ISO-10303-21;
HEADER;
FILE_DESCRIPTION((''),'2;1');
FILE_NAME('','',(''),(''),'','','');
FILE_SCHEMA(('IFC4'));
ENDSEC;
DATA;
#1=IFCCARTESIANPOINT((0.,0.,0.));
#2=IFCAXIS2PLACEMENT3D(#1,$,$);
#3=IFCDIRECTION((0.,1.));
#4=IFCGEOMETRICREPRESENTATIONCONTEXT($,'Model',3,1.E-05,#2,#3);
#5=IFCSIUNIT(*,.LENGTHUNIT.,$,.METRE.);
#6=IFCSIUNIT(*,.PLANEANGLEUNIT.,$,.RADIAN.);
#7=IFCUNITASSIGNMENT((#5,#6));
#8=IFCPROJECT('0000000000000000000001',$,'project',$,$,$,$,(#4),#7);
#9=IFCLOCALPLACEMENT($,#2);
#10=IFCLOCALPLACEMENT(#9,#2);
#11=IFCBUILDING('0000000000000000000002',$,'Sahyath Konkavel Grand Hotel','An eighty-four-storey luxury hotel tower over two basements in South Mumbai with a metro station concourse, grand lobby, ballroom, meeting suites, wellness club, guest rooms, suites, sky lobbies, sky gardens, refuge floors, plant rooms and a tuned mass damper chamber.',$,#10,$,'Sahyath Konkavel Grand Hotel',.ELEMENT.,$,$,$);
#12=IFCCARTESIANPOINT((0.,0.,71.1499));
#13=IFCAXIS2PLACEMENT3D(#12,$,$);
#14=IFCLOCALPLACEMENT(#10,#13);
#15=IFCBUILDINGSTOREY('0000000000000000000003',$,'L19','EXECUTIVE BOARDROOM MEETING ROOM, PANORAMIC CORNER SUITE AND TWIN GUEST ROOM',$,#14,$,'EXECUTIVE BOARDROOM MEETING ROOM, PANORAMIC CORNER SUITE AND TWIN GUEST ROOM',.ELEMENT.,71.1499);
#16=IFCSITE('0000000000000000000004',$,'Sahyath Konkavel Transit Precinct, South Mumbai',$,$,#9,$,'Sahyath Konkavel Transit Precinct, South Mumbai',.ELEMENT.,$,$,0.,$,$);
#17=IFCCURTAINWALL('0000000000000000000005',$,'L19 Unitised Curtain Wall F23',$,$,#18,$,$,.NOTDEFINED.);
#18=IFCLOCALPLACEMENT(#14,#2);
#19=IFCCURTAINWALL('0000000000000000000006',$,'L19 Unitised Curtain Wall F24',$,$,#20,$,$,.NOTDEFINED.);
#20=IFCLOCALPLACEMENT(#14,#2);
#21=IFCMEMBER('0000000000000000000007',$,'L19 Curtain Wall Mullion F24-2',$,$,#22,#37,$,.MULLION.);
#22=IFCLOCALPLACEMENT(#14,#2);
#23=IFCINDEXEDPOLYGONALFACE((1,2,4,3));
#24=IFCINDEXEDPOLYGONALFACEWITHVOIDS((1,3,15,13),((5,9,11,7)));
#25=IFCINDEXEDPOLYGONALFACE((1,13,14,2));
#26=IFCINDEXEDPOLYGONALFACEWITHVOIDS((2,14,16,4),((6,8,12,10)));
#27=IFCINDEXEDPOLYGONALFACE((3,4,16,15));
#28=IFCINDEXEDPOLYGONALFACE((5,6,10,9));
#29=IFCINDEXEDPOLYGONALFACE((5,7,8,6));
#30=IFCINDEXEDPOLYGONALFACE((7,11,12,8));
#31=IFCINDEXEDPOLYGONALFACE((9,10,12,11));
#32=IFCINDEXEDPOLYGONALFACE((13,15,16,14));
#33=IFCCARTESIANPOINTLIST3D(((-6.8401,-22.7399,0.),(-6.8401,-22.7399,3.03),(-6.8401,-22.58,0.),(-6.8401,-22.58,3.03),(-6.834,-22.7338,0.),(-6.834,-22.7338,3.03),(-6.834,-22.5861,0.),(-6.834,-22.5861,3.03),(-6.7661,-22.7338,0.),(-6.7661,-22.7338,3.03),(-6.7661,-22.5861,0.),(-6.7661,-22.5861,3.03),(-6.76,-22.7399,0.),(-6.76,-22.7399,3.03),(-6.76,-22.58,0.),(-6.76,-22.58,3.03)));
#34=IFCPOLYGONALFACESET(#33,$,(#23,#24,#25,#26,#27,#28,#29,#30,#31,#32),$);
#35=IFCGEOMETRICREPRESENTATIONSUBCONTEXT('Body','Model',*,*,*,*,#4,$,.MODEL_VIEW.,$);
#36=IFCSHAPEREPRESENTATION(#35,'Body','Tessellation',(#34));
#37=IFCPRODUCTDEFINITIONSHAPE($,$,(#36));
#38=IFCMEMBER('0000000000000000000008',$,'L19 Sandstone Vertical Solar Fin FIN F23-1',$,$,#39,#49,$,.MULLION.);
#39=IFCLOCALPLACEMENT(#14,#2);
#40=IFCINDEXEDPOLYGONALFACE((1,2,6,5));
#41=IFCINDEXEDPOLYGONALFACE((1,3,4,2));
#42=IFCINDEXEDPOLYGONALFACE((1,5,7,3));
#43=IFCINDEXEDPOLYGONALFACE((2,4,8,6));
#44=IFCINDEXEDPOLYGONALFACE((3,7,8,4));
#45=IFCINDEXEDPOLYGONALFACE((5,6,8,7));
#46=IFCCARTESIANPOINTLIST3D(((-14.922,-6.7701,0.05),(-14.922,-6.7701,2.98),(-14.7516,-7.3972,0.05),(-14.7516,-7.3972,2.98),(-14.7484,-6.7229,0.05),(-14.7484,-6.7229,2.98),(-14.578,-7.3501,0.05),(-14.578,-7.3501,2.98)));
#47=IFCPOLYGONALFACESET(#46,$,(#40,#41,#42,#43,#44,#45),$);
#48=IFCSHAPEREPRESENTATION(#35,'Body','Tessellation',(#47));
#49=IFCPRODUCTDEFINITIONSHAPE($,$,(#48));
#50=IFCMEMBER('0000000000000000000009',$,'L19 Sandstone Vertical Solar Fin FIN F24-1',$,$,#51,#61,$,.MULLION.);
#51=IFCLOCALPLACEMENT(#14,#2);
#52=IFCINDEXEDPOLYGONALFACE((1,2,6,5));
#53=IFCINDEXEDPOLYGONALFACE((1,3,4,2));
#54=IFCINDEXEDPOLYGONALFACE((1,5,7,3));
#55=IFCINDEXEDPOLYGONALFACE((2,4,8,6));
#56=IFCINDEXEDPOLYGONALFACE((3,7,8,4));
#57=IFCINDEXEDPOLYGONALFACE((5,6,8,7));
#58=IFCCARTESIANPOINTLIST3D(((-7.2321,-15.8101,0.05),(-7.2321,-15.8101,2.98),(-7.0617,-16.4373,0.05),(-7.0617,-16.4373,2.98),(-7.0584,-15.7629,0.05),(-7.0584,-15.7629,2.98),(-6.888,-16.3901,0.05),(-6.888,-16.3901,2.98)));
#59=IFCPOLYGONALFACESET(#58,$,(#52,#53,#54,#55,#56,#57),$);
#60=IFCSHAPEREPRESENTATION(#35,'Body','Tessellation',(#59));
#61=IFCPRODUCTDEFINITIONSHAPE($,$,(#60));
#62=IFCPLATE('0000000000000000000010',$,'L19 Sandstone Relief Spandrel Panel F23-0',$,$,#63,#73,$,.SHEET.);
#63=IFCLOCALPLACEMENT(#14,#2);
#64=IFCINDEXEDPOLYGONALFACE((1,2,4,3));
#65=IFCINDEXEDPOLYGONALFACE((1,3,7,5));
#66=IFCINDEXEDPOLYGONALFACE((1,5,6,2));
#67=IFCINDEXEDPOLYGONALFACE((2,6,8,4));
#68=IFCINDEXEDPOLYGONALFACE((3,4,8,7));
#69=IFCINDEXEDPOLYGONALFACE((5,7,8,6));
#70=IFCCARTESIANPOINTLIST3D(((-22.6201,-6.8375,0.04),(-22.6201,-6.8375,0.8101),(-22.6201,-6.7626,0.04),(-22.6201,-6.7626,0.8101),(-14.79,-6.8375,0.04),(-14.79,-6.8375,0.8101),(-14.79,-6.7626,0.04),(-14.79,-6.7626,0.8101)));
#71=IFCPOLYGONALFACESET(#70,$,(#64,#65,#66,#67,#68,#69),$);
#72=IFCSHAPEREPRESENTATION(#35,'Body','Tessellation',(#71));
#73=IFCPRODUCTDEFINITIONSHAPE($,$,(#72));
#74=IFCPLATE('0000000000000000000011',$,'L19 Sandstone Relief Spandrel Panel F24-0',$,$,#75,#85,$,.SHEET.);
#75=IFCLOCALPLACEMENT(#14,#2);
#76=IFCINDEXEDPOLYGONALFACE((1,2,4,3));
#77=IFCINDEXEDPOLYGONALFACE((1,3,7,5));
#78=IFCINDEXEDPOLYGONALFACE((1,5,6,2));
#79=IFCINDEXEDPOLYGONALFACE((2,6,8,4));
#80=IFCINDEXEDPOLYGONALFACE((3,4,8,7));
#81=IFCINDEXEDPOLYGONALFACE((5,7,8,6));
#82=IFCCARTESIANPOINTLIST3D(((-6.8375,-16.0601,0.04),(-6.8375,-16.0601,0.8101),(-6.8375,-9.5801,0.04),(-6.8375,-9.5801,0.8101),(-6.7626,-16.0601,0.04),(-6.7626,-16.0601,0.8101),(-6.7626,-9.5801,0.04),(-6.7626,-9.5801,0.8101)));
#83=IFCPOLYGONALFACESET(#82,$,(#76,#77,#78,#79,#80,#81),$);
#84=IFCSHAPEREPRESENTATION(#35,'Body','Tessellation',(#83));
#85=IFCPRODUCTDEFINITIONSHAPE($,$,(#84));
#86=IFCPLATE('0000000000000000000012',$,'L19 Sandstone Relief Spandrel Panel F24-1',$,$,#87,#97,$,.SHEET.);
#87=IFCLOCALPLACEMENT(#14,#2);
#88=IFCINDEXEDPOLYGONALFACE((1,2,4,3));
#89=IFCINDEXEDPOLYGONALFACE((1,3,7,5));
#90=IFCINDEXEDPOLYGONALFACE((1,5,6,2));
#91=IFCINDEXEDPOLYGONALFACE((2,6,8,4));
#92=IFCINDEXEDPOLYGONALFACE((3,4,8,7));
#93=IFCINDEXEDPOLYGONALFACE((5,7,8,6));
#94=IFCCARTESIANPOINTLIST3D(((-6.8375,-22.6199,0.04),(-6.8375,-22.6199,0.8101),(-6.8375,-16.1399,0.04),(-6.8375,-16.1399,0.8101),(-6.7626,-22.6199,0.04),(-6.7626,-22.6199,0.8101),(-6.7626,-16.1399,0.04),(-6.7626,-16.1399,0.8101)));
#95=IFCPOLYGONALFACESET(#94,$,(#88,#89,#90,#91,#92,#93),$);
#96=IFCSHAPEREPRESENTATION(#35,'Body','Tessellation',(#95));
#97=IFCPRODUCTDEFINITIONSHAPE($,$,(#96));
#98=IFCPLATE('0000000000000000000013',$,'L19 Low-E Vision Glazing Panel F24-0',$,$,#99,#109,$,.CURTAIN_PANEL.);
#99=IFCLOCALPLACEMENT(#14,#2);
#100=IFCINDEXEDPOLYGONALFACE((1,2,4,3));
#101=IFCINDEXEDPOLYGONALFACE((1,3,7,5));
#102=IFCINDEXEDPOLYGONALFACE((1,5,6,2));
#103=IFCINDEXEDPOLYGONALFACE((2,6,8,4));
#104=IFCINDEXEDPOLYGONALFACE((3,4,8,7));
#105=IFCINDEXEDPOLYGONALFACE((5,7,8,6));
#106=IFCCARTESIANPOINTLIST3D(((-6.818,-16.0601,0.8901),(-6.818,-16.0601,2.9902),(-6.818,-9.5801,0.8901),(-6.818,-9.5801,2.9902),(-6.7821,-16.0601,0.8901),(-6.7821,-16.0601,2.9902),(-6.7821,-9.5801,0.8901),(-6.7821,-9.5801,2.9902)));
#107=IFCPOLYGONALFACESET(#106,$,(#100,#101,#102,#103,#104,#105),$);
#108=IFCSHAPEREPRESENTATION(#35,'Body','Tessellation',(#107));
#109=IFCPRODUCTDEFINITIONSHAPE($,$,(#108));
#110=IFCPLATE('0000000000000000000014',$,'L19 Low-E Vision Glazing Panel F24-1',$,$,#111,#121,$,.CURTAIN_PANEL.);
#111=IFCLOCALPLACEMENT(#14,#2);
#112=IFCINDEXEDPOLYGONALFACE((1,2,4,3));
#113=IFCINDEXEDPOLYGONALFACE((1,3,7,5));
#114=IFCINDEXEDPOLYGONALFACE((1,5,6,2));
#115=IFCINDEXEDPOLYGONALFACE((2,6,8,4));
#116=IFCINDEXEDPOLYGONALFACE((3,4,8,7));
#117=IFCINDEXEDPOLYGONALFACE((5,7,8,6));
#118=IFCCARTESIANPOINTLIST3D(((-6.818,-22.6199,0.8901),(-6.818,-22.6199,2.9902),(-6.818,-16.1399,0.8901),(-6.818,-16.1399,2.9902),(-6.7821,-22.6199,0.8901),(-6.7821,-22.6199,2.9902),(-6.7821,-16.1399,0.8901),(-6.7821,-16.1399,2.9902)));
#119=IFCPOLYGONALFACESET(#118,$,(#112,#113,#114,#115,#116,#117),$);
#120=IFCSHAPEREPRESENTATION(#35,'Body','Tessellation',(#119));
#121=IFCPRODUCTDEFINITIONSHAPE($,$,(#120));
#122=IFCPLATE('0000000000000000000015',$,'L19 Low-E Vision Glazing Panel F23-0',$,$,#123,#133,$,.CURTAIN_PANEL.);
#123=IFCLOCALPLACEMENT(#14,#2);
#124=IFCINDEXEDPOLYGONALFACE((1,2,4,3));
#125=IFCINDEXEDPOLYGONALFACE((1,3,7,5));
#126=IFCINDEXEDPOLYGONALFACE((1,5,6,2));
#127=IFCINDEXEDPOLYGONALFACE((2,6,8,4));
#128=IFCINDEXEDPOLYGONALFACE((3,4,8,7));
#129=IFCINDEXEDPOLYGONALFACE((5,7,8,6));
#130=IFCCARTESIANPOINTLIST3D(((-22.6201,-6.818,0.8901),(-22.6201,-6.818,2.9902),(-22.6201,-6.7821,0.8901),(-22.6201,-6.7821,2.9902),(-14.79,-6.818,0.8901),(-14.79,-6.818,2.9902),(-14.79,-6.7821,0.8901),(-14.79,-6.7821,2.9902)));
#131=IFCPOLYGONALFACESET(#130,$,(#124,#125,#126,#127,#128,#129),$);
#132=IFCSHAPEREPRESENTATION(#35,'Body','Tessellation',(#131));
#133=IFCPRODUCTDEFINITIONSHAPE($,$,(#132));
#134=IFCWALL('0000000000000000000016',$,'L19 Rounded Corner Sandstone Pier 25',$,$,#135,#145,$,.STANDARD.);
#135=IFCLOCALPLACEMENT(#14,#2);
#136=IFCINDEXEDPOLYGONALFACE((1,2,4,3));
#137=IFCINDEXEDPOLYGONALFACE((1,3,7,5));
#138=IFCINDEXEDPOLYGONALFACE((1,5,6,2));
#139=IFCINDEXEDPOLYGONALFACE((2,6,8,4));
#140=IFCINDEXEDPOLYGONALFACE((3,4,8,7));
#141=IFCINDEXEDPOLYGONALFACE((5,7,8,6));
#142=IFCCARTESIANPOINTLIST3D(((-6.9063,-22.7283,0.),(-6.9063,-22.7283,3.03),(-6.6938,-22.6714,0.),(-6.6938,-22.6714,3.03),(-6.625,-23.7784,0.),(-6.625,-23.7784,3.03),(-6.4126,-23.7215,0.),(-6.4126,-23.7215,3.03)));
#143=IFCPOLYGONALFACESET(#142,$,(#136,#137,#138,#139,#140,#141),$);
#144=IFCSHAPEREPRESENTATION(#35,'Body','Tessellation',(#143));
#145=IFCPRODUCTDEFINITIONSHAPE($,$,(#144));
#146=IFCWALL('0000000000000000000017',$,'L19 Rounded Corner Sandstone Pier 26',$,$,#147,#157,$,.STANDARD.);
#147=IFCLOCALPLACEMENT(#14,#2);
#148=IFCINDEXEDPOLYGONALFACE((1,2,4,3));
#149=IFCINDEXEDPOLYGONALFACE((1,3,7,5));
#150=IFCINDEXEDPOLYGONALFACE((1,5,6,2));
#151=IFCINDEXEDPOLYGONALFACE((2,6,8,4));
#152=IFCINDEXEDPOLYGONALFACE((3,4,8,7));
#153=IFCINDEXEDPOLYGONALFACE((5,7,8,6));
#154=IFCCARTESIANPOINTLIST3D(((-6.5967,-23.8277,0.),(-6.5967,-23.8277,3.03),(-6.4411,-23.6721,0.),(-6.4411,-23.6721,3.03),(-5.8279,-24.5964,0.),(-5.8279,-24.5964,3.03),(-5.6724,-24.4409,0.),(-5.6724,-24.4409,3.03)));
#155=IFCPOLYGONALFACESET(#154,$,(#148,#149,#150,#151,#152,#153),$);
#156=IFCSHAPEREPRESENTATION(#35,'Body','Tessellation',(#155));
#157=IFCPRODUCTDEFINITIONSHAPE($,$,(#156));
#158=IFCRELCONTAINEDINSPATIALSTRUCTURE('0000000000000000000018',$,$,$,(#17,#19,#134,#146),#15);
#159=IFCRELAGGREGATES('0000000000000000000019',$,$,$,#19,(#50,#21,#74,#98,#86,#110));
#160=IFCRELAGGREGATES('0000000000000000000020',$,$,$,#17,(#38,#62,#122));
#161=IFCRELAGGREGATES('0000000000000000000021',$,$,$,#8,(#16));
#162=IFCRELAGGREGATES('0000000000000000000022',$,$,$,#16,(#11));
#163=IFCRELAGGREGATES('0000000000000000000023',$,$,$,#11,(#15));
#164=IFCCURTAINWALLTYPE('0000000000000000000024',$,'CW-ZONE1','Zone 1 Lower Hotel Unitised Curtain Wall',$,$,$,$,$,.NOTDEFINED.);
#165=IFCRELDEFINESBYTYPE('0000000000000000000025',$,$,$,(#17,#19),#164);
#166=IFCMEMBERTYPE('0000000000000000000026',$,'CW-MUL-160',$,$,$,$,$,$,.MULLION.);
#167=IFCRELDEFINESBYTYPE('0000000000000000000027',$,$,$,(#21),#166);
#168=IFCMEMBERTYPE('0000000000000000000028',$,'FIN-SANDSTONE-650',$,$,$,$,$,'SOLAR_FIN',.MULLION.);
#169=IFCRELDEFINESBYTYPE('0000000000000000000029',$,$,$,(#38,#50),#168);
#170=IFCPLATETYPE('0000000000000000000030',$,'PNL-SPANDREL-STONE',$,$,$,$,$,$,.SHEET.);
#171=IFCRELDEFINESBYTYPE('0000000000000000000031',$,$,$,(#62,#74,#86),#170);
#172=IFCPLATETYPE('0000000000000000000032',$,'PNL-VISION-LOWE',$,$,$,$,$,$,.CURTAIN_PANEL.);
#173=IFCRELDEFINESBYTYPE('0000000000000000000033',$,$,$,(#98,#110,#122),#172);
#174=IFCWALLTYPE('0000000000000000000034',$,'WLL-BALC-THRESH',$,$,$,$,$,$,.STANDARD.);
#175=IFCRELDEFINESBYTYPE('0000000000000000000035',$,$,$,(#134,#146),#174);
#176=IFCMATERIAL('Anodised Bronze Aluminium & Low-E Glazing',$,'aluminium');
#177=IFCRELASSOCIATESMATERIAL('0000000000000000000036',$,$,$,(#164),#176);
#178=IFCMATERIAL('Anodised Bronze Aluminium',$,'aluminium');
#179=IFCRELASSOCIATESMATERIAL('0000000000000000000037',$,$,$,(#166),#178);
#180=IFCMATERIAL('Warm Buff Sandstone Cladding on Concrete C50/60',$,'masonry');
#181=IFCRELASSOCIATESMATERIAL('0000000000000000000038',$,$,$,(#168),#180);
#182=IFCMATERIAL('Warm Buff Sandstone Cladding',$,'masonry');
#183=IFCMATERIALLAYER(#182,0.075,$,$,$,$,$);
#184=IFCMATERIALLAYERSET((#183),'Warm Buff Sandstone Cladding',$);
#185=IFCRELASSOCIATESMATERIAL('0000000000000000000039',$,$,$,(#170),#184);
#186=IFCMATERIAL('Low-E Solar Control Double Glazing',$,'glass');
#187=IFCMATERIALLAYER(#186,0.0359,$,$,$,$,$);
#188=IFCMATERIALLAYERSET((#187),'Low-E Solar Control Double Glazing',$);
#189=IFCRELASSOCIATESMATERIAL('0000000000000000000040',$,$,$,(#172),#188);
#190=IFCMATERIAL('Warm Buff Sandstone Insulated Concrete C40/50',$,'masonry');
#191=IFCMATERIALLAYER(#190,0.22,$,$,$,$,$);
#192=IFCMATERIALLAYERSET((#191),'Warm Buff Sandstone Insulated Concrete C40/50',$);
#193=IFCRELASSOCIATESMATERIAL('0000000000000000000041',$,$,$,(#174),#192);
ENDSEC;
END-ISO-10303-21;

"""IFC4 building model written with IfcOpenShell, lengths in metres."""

from ifc_helpers import new_model, si_unit, direction, frame, frame_2d, origin, origin_2d, place, context, subcontext, project, spatial, rectangle, hollow_rectangle, extrude, source, transform, mapped, material, layer, layer_set, material_profile, profile_set, type_object, element, aggregate, save


model = new_model("IFC4")

# Units and contexts
model_context = context("Model", 3, precision=1e-05, world=origin(), true_north=direction((0.0, 1.0)))
body_context = subcontext(model_context, "Body", "Model", "MODEL_VIEW")
ifc_project = project(units=[si_unit("LENGTHUNIT", "METRE"), si_unit("PLANEANGLEUNIT", "RADIAN")], contexts=[model_context])

# Site, building, storey
site_placement = place(None, origin())
site = spatial("IfcSite", under=ifc_project, at=site_placement, Name="Sahyath Konkavel Transit Precinct, South Mumbai", LongName="Sahyath Konkavel Transit Precinct, South Mumbai", CompositionType="ELEMENT", RefElevation=0.0)
building_placement = place(site_placement, origin())
building = spatial("IfcBuilding", under=site, at=building_placement, Name="Sahyath Konkavel Grand Hotel", Description="An eighty-four-storey luxury hotel tower over two basements in South Mumbai with a metro station concourse, grand lobby, ballroom, meeting suites, wellness club, guest rooms, suites, sky lobbies, sky gardens, refuge floors, plant rooms and a tuned mass damper chamber.", LongName="Sahyath Konkavel Grand Hotel", CompositionType="ELEMENT")
storey_placement = place(building_placement, frame((0.0, 0.0, 71.1499)))
storey = spatial("IfcBuildingStorey", under=building, at=storey_placement, Name="L19", Description="EXECUTIVE BOARDROOM MEETING ROOM, PANORAMIC CORNER SUITE AND TWIN GUEST ROOM", LongName="EXECUTIVE BOARDROOM MEETING ROOM, PANORAMIC CORNER SUITE AND TWIN GUEST ROOM", CompositionType="ELEMENT", Elevation=71.1499)

# Curtain wall
ifc_material_1 = material(Name="Anodised Bronze Aluminium & Low-E Glazing", Category="aluminium")
curtain_wall_type = type_object("IfcCurtainWallType", Name="CW-ZONE1", Description="Zone 1 Lower Hotel Unitised Curtain Wall", PredefinedType="NOTDEFINED", material=ifc_material_1)
curtain_wall_1_placement = place(storey_placement, origin())
curtain_wall_1 = element("IfcCurtainWall", 1, at=curtain_wall_1_placement, inside=storey, type_object=curtain_wall_type, Name="L19 Unitised Curtain Wall F23", PredefinedType="NOTDEFINED")
ifc_material_2 = material(Name="Anodised Bronze Aluminium", Category="aluminium")

# Curtain wall
curtain_wall_2_placement = place(storey_placement, origin())
curtain_wall_2 = element("IfcCurtainWall", 2, at=curtain_wall_2_placement, inside=storey, type_object=curtain_wall_type, Name="L19 Unitised Curtain Wall F24", PredefinedType="NOTDEFINED")

# Members
ifc_material_profile_1 = material_profile(ifc_material_2, hollow_rectangle(XDim=0.0801, YDim=0.1599, WallThickness=0.0061, at=origin_2d()), Name="RHS 160x80x6")
ifc_profile_set_1 = profile_set([ifc_material_profile_1], Name="Anodised Bronze Aluminium")
member_type_1 = type_object("IfcMemberType", Name="CW-MUL-160", PredefinedType="MULLION", material=ifc_profile_set_1)
shared_shape_1 = source(origin(), body_context, "Body", "SweptSolid", [
    extrude(hollow_rectangle(XDim=0.0801, YDim=0.1599, WallThickness=0.0061, at=origin_2d()), origin(), (0.0, 0.0, 1.0), 3.03),
])
member_1_placement = place(storey_placement, frame((-6.8, -22.6599, 0.0), z_axis=(0.0, 0.0, 1.0), x_axis=(1.0, 0.0, 0.0)))
member_1 = element("IfcMember", 3, at=member_1_placement, type_object=member_type_1, Name="L19 Curtain Wall Mullion F24-2", PredefinedType="MULLION", context=body_context, shape_type="MappedRepresentation", body=[
    mapped(shared_shape_1, transform((0.0, 0.0, 0.0), scale=1.0)),
])
ifc_material_3 = material(Name="Warm Buff Sandstone Cladding on Concrete C50/60", Category="masonry")
ifc_material_profile_2 = material_profile(ifc_material_3, rectangle(XDim=0.1799, YDim=0.6499, at=origin_2d()), Name="FIN 180x650")
ifc_profile_set_2 = profile_set([ifc_material_profile_2], Name="Warm Buff Sandstone Cladding on Concrete C50/60")
member_type_2 = type_object("IfcMemberType", Name="FIN-SANDSTONE-650", ElementType="SOLAR_FIN", PredefinedType="MULLION", material=ifc_profile_set_2)
shared_shape_2 = source(origin(), body_context, "Body", "SweptSolid", [
    extrude(rectangle(XDim=0.1799, YDim=0.6499, at=origin_2d()), origin(), (0.0, 0.0, 1.0), 2.9299),
])
member_2_placement = place(storey_placement, frame((-14.75, -7.0601, 0.05), z_axis=(0.0, 0.0, 1.0), x_axis=(0.965016, 0.262189, 0.0)))
member_2 = element("IfcMember", 4, at=member_2_placement, type_object=member_type_2, Name="L19 Sandstone Vertical Solar Fin FIN F23-1", PredefinedType="MULLION", context=body_context, shape_type="MappedRepresentation", body=[
    mapped(shared_shape_2, transform((0.0, 0.0, 0.0), scale=1.0)),
])
member_3_placement = place(storey_placement, frame((-7.0601, -16.1001, 0.05), z_axis=(0.0, 0.0, 1.0), x_axis=(0.965016, 0.262189, 0.0)))
member_3 = element("IfcMember", 5, at=member_3_placement, type_object=member_type_2, Name="L19 Sandstone Vertical Solar Fin FIN F24-1", PredefinedType="MULLION", context=body_context, shape_type="MappedRepresentation", body=[
    mapped(shared_shape_2, transform((0.0, 0.0, 0.0), scale=1.0)),
])

# Plates
ifc_material_4 = material(Name="Warm Buff Sandstone Cladding", Category="masonry")
ifc_layer_1 = layer(ifc_material_4, 0.075)
ifc_layer_set_1 = layer_set([ifc_layer_1], Name="Warm Buff Sandstone Cladding")
plate_type_1 = type_object("IfcPlateType", Name="PNL-SPANDREL-STONE", PredefinedType="SHEET", material=ifc_layer_set_1)
shared_shape_3 = source(origin(), body_context, "Body", "SweptSolid", [
    extrude(rectangle(XDim=7.8301, YDim=0.075, at=origin_2d()), origin(), (0.0, 0.0, 1.0), 0.77),
])
plate_1_placement = place(storey_placement, frame((-18.7051, -6.8, 0.04), z_axis=(0.0, 0.0, 1.0), x_axis=(1.0, 0.0, 0.0)))
plate_1 = element("IfcPlate", 6, at=plate_1_placement, type_object=plate_type_1, Name="L19 Sandstone Relief Spandrel Panel F23-0", PredefinedType="SHEET", context=body_context, shape_type="MappedRepresentation", body=[
    mapped(shared_shape_3, transform((0.0, 0.0, 0.0), scale=1.0)),
])
shared_shape_4 = source(origin(), body_context, "Body", "SweptSolid", [
    extrude(rectangle(XDim=6.48, YDim=0.075, at=origin_2d()), origin(), (0.0, 0.0, 1.0), 0.77),
])
plate_2_placement = place(storey_placement, frame((-6.8, -12.8201, 0.04), z_axis=(0.0, 0.0, 1.0), x_axis=(0.0, -1.0, 0.0)))
plate_2 = element("IfcPlate", 7, at=plate_2_placement, type_object=plate_type_1, Name="L19 Sandstone Relief Spandrel Panel F24-0", PredefinedType="SHEET", context=body_context, shape_type="MappedRepresentation", body=[
    mapped(shared_shape_4, transform((0.0, 0.0, 0.0), scale=1.0)),
])
plate_3_placement = place(storey_placement, frame((-6.8, -19.3799, 0.04), z_axis=(0.0, 0.0, 1.0), x_axis=(0.0, -1.0, 0.0)))
plate_3 = element("IfcPlate", 8, at=plate_3_placement, type_object=plate_type_1, Name="L19 Sandstone Relief Spandrel Panel F24-1", PredefinedType="SHEET", context=body_context, shape_type="MappedRepresentation", body=[
    mapped(shared_shape_4, transform((0.0, 0.0, 0.0), scale=1.0)),
])
ifc_material_5 = material(Name="Low-E Solar Control Double Glazing", Category="glass")
ifc_layer_2 = layer(ifc_material_5, 0.0359)
ifc_layer_set_2 = layer_set([ifc_layer_2], Name="Low-E Solar Control Double Glazing")
plate_type_2 = type_object("IfcPlateType", Name="PNL-VISION-LOWE", PredefinedType="CURTAIN_PANEL", material=ifc_layer_set_2)
shared_shape_5 = source(origin(), body_context, "Body", "SweptSolid", [
    extrude(rectangle(XDim=6.48, YDim=0.0359, at=origin_2d()), origin(), (0.0, 0.0, 1.0), 2.1001),
])
plate_4_placement = place(storey_placement, frame((-6.8, -12.8201, 0.8901), z_axis=(0.0, 0.0, 1.0), x_axis=(0.0, -1.0, 0.0)))
plate_4 = element("IfcPlate", 9, at=plate_4_placement, type_object=plate_type_2, Name="L19 Low-E Vision Glazing Panel F24-0", PredefinedType="CURTAIN_PANEL", context=body_context, shape_type="MappedRepresentation", body=[
    mapped(shared_shape_5, transform((0.0, 0.0, 0.0), scale=1.0)),
])
plate_5_placement = place(storey_placement, frame((-6.8, -19.3799, 0.8901), z_axis=(0.0, 0.0, 1.0), x_axis=(0.0, -1.0, 0.0)))
plate_5 = element("IfcPlate", 10, at=plate_5_placement, type_object=plate_type_2, Name="L19 Low-E Vision Glazing Panel F24-1", PredefinedType="CURTAIN_PANEL", context=body_context, shape_type="MappedRepresentation", body=[
    mapped(shared_shape_5, transform((0.0, 0.0, 0.0), scale=1.0)),
])
aggregate(curtain_wall_2, [member_3, member_1, plate_2, plate_4, plate_3, plate_5])
shared_shape_6 = source(origin(), body_context, "Body", "SweptSolid", [
    extrude(rectangle(XDim=7.8301, YDim=0.0359, at=origin_2d()), origin(), (0.0, 0.0, 1.0), 2.1001),
])
plate_6_placement = place(storey_placement, frame((-18.7051, -6.8, 0.8901), z_axis=(0.0, 0.0, 1.0), x_axis=(1.0, 0.0, 0.0)))
plate_6 = element("IfcPlate", 11, at=plate_6_placement, type_object=plate_type_2, Name="L19 Low-E Vision Glazing Panel F23-0", PredefinedType="CURTAIN_PANEL", context=body_context, shape_type="MappedRepresentation", body=[
    mapped(shared_shape_6, transform((0.0, 0.0, 0.0), scale=1.0)),
])
aggregate(curtain_wall_1, [member_2, plate_1, plate_6])

# Walls
ifc_material_6 = material(Name="Warm Buff Sandstone Insulated Concrete C40/50", Category="masonry")
ifc_layer_3 = layer(ifc_material_6, 0.22)
ifc_layer_set_3 = layer_set([ifc_layer_3], Name="Warm Buff Sandstone Insulated Concrete C40/50")
wall_type_1 = type_object("IfcWallType", Name="WLL-BALC-THRESH", PredefinedType="STANDARD", material=ifc_layer_set_3)
for number, where, z_axis, x_axis, name in (
    (12, (-6.8, -22.7, 0.0), (0.0, 0.0, 1.0), (0.258725, -0.965951, 0.0), "L19 Rounded Corner Sandstone Pier 25"),
    (13, (-6.5188, -23.75, 0.0), (0.0, 0.0, 1.0), (0.707107, -0.707107, 0.0), "L19 Rounded Corner Sandstone Pier 26"),
):
    element("IfcWall", number, at=place(storey_placement, frame(where, z_axis=z_axis, x_axis=x_axis)), inside=storey, type_object=wall_type_1, Name=name, PredefinedType="STANDARD", context=body_context, shape_type="SweptSolid", body=[
        extrude(rectangle(XDim=1.0872, YDim=0.22, at=frame_2d((0.5435, 0.0))), origin(), (0.0, 0.0, 1.0), 3.03),
    ])

save(model, "model.ifc")
